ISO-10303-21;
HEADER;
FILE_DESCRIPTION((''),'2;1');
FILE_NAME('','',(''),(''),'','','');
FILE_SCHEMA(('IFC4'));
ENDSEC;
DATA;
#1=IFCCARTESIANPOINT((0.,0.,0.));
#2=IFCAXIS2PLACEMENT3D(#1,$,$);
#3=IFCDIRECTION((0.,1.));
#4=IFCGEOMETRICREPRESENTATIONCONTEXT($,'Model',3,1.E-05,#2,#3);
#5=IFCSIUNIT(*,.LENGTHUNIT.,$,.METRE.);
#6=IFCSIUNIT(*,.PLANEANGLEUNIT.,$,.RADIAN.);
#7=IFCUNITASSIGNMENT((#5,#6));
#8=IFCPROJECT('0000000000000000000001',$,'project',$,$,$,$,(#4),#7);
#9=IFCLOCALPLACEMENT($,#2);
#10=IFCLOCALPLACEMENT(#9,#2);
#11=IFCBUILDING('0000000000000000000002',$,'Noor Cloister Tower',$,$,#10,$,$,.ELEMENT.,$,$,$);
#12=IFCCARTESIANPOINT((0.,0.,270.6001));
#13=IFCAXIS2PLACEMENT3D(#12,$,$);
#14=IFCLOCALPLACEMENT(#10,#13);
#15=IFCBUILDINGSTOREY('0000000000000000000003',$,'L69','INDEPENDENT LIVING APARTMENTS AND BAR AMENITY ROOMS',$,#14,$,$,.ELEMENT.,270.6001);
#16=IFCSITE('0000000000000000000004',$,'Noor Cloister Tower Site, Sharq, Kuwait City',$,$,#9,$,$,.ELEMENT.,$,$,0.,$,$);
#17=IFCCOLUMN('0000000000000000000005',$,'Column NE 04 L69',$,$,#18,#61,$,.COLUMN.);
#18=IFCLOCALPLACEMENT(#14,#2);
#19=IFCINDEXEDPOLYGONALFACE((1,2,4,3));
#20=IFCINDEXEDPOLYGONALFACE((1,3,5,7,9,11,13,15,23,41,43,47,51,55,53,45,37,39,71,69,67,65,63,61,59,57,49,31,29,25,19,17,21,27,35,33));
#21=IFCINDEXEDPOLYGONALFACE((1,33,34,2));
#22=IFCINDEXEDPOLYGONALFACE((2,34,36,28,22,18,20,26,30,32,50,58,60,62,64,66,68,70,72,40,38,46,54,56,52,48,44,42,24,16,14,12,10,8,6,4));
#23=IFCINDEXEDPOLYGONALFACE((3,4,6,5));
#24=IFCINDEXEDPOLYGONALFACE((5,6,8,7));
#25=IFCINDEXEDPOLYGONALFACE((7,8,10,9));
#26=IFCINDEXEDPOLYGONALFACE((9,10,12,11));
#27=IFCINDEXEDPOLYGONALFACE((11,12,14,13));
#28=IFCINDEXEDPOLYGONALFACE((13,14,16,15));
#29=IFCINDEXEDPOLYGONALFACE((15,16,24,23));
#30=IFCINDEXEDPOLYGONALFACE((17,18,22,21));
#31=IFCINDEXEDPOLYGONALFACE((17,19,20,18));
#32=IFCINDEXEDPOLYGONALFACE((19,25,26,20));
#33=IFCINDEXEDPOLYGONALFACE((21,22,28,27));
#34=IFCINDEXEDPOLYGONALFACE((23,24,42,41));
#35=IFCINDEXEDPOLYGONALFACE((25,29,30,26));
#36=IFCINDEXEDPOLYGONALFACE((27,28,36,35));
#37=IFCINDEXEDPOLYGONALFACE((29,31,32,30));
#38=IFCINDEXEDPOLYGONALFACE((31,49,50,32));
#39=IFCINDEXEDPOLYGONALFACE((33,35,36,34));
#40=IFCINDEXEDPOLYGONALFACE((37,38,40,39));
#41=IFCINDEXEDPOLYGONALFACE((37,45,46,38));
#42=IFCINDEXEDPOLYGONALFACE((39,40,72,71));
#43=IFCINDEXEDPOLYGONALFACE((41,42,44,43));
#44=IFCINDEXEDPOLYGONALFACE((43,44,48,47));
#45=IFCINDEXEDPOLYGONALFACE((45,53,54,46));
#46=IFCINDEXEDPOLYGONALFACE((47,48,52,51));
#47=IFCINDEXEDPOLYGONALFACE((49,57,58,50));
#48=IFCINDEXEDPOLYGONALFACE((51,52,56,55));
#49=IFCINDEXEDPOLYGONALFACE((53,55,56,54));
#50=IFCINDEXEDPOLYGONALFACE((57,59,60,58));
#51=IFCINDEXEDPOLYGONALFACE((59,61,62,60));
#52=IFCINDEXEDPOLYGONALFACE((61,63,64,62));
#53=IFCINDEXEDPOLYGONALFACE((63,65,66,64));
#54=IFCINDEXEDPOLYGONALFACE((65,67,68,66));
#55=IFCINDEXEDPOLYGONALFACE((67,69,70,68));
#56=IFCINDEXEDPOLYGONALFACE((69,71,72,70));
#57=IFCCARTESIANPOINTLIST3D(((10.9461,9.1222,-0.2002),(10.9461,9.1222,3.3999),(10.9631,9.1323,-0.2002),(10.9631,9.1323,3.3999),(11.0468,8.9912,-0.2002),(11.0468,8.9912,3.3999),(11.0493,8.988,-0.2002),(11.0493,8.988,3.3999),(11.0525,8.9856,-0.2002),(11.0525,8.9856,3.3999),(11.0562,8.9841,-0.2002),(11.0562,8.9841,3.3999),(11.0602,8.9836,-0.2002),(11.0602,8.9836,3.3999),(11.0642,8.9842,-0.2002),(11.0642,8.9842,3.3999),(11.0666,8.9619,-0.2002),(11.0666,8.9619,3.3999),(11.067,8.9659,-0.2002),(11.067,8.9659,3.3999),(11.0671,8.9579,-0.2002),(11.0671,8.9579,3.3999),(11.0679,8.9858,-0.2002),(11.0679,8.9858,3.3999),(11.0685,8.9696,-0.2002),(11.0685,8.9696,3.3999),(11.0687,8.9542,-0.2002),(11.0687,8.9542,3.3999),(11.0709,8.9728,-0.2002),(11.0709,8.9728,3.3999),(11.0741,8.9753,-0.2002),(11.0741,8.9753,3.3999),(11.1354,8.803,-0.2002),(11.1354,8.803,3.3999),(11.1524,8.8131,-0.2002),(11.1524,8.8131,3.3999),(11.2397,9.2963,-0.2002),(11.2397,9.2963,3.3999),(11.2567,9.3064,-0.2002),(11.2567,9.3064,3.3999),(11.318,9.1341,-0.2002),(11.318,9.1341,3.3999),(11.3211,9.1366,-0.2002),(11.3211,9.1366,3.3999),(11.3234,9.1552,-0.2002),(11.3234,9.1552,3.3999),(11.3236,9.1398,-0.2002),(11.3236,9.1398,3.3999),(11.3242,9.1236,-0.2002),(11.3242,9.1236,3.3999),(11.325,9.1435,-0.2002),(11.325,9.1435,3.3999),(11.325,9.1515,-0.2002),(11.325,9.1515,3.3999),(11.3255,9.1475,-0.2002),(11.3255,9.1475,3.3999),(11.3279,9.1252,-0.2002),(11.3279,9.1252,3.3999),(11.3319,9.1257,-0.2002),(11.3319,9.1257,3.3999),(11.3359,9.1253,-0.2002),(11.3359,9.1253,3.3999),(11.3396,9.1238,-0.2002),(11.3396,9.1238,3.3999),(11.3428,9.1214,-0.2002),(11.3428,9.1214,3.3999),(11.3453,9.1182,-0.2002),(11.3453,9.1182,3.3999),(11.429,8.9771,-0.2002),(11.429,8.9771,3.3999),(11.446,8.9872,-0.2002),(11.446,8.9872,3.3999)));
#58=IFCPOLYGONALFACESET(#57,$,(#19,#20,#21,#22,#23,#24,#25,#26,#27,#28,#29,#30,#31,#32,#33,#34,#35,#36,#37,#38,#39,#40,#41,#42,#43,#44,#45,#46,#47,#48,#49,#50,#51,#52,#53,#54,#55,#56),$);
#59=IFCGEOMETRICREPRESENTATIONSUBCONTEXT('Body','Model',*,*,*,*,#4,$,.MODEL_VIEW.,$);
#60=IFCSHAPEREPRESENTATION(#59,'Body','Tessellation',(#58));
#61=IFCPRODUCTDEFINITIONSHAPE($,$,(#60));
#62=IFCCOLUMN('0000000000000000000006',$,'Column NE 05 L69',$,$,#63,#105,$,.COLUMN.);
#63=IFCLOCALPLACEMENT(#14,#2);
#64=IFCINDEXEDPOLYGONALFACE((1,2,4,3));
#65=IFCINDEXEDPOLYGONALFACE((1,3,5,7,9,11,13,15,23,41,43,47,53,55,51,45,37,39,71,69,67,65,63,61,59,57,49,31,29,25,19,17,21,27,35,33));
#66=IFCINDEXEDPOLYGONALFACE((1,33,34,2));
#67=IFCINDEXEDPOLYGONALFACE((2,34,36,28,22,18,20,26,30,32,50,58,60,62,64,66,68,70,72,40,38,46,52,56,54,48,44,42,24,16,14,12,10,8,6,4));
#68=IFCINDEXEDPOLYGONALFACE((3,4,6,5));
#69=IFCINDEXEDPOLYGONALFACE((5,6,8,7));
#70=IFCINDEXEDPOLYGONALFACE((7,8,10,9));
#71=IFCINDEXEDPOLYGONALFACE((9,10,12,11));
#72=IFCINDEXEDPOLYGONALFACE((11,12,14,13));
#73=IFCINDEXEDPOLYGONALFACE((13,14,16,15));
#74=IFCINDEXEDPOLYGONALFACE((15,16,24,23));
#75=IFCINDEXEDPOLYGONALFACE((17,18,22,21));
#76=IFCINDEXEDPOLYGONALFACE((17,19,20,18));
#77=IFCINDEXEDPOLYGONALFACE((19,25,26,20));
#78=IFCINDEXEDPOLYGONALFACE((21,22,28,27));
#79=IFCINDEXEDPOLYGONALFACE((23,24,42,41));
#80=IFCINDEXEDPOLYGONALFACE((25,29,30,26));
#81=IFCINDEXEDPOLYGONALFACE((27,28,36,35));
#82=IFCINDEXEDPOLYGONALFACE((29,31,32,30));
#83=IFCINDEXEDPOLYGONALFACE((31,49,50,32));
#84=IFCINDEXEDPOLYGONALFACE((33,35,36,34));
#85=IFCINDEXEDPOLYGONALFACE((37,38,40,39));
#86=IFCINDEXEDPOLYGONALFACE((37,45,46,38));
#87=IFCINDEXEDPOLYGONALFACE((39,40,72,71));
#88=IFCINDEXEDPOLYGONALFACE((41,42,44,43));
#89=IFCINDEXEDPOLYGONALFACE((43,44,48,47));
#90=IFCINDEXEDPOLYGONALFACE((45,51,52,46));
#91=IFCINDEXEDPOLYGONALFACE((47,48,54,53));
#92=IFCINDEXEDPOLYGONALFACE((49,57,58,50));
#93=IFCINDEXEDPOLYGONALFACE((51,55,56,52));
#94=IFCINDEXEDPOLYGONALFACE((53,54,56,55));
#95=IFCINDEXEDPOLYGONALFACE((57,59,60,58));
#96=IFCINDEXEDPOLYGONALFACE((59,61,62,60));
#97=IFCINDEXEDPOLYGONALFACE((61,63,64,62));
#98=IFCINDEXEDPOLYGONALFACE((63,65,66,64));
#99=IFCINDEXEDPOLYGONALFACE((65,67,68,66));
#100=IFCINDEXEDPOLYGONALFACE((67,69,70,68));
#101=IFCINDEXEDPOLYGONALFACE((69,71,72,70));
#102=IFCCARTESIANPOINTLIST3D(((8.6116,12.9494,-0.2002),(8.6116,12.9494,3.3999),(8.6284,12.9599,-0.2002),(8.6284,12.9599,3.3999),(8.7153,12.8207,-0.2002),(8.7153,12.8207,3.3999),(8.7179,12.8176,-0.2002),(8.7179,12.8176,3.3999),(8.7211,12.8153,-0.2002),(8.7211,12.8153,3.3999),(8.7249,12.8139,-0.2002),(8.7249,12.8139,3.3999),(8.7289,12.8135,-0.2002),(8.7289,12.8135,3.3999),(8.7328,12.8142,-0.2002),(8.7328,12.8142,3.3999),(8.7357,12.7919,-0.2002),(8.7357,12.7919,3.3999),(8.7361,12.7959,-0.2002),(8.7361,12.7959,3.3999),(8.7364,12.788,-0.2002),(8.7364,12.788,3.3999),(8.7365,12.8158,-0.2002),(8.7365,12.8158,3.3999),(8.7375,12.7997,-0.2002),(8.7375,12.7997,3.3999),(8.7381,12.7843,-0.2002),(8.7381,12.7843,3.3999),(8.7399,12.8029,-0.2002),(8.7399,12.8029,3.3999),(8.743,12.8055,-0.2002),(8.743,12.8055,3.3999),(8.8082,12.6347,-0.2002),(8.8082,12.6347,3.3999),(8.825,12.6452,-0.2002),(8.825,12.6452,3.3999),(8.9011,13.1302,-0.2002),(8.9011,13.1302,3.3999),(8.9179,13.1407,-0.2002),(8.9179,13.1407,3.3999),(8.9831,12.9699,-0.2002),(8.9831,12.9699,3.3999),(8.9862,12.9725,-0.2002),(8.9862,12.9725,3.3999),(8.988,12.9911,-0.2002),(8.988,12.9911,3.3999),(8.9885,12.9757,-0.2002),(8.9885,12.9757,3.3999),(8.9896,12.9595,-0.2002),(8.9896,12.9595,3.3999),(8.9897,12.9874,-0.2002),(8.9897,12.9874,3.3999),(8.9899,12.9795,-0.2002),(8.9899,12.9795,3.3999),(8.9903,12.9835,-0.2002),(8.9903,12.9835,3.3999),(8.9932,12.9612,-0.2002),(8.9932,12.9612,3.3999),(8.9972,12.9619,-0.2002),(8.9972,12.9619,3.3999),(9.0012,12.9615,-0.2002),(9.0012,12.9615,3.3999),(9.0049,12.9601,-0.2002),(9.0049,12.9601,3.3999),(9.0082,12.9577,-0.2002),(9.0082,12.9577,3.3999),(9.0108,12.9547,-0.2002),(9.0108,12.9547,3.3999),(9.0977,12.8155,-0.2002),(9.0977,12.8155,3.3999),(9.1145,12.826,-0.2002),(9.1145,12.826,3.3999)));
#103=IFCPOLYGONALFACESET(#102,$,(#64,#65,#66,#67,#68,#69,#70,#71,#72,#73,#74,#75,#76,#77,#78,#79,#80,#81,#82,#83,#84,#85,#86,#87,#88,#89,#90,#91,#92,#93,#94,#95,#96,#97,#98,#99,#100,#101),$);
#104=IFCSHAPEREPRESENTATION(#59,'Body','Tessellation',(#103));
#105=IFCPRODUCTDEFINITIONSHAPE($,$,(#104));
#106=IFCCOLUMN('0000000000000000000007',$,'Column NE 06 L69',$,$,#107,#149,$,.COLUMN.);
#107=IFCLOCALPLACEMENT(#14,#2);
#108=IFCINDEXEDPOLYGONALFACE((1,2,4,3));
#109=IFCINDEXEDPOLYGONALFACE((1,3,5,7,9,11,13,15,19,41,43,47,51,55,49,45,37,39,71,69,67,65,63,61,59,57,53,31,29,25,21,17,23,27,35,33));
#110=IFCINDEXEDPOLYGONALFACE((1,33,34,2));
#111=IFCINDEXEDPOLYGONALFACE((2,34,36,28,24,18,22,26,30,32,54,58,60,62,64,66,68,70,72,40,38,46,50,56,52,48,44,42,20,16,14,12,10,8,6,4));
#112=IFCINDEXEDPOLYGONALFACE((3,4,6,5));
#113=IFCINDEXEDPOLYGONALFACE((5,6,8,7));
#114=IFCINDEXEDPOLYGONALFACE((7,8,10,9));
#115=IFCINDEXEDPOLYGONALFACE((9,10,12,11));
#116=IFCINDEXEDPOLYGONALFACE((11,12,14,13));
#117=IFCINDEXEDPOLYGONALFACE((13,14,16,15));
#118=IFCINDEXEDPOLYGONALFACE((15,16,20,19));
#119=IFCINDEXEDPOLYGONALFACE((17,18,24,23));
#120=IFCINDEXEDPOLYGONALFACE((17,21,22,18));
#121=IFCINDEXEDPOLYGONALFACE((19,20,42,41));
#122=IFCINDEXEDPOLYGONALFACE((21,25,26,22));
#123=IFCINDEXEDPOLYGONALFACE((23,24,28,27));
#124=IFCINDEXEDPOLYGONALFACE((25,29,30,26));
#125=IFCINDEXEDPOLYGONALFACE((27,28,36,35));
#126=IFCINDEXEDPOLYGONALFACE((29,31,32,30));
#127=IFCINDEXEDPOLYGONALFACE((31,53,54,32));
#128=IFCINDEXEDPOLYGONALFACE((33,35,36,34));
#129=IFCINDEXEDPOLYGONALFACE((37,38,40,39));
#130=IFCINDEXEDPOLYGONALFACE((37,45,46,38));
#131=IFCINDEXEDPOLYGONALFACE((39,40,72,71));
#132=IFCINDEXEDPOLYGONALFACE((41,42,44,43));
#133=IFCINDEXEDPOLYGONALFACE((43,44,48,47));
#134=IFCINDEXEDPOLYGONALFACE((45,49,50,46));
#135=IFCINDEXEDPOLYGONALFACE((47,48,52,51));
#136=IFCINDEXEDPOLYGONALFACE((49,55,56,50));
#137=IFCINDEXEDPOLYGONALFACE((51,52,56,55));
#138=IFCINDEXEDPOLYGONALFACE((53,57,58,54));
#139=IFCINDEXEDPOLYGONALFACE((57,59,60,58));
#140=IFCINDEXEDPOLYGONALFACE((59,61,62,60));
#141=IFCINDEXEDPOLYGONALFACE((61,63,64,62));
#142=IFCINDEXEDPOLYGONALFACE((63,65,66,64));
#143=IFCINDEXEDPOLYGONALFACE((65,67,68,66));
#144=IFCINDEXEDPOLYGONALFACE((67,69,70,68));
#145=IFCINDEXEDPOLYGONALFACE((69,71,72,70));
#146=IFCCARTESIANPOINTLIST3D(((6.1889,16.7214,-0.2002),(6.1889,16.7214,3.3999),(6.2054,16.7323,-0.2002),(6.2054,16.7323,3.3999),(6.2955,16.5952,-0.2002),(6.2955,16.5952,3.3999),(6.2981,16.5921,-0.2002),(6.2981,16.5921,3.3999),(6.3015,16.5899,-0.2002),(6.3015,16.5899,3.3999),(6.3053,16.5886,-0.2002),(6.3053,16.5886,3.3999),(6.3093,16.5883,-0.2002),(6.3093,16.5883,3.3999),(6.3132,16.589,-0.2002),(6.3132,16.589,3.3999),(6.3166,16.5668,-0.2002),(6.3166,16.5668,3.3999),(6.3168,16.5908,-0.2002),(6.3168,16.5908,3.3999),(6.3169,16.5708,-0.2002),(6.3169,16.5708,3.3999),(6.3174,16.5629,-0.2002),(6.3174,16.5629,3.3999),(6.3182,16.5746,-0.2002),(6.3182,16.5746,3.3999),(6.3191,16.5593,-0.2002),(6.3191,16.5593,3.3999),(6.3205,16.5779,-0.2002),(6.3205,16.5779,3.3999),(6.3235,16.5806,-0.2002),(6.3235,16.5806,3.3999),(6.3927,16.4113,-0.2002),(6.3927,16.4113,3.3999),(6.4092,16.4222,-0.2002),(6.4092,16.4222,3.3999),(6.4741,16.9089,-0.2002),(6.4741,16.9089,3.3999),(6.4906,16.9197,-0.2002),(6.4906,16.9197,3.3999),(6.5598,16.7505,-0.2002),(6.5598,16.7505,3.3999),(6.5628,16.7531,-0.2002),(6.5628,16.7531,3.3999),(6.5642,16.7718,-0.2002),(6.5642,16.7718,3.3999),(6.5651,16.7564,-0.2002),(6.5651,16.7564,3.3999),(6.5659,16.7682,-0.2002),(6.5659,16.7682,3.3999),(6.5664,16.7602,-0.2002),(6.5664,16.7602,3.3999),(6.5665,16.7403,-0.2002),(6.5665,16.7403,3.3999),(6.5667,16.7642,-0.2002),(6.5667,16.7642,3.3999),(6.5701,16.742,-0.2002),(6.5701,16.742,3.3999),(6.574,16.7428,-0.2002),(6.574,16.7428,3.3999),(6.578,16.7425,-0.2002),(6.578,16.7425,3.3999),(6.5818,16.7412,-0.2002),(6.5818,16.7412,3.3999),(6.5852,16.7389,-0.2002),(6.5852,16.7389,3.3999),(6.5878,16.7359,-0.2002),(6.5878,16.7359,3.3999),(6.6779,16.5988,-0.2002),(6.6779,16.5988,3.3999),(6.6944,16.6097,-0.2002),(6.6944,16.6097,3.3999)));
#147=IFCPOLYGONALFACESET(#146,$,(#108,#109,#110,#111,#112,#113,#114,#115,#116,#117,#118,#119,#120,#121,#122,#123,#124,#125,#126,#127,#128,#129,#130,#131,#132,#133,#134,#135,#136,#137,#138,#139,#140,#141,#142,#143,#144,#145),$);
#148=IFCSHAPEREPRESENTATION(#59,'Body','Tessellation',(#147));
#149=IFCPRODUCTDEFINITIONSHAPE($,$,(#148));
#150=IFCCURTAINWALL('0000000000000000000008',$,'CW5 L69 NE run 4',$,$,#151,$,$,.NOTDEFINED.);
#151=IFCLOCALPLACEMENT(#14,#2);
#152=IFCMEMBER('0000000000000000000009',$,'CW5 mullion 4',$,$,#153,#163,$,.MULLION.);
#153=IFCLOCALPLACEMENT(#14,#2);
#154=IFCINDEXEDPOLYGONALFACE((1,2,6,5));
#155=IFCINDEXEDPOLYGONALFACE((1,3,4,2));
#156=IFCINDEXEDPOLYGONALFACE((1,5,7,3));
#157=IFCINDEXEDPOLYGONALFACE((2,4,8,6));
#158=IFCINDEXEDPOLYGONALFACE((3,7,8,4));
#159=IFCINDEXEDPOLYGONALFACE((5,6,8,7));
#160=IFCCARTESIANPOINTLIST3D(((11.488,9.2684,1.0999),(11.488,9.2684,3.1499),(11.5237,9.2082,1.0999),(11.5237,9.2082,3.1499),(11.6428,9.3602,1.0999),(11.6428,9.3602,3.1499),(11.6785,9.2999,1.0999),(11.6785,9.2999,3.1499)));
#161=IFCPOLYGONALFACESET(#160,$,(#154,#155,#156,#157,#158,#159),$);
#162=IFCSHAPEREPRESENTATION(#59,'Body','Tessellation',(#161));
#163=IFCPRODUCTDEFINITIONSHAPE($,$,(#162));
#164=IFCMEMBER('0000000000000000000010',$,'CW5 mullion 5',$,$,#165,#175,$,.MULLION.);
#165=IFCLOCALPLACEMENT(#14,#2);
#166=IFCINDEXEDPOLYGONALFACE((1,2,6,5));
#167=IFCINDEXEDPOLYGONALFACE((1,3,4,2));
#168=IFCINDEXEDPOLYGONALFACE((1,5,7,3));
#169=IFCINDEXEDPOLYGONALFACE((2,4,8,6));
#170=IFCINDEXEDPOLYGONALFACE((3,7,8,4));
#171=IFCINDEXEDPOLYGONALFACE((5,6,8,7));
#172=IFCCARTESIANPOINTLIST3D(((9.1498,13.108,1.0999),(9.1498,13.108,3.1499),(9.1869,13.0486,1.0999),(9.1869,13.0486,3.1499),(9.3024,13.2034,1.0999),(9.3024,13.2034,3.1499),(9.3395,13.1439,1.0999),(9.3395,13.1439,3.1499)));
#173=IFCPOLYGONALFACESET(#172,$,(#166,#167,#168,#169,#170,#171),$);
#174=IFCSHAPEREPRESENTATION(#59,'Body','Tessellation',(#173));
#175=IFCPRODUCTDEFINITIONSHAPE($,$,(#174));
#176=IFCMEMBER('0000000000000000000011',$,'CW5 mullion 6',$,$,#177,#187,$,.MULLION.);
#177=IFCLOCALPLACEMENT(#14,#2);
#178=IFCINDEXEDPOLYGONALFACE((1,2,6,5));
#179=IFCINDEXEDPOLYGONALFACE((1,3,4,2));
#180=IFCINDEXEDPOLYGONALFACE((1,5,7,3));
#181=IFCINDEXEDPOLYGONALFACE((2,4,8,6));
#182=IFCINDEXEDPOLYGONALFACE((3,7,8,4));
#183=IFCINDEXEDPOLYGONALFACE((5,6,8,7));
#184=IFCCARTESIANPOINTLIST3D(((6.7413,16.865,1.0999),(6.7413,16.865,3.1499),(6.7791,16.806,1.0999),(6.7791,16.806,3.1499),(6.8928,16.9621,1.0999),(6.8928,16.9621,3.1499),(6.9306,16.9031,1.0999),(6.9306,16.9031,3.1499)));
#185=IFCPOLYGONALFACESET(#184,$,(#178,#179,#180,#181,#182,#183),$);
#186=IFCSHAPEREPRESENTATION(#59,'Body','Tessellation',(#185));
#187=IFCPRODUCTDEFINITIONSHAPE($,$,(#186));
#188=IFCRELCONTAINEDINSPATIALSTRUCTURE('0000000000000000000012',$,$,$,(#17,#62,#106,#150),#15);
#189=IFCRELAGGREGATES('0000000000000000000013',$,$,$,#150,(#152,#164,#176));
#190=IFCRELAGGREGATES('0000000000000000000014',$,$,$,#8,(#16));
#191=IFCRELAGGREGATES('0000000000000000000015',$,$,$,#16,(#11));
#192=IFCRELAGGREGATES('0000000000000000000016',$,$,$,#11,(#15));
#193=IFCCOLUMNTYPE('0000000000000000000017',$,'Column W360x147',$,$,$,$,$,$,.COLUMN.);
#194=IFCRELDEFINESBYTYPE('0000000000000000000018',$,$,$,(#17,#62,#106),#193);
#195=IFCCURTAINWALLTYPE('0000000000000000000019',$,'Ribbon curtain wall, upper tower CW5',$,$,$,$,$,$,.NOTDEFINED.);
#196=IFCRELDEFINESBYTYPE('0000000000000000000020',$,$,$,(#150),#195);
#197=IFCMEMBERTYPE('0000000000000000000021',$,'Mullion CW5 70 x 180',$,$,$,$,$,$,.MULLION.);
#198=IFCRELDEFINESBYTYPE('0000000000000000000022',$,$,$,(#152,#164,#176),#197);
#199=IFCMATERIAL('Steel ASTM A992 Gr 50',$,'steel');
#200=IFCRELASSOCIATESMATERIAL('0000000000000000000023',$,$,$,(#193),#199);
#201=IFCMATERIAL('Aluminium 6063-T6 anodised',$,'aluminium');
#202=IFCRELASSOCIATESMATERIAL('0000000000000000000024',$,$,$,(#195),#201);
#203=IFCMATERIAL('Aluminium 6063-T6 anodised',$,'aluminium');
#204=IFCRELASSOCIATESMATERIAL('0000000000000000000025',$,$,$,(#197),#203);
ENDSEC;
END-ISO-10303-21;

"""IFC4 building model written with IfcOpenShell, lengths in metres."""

from ifc_helpers import new_model, si_unit, direction, frame, origin, origin_2d, place, context, subcontext, project, spatial, rectangle, i_section, extrude, material, material_profile, profile_set, type_object, element, aggregate, save


model = new_model("IFC4")

# Units and contexts
model_context = context("Model", 3, precision=1e-05, world=origin(), true_north=direction((0.0, 1.0)))
body_context = subcontext(model_context, "Body", "Model", "MODEL_VIEW")
ifc_project = project(units=[si_unit("LENGTHUNIT", "METRE"), si_unit("PLANEANGLEUNIT", "RADIAN")], contexts=[model_context])

# Site, building, storey
site_placement = place(None, origin())
site = spatial("IfcSite", under=ifc_project, at=site_placement, Name="Noor Cloister Tower Site, Sharq, Kuwait City", CompositionType="ELEMENT", RefElevation=0.0)
building_placement = place(site_placement, origin())
building = spatial("IfcBuilding", under=site, at=building_placement, Name="Noor Cloister Tower", CompositionType="ELEMENT")
storey_placement = place(building_placement, frame((0.0, 0.0, 270.6001)))
storey = spatial("IfcBuildingStorey", under=building, at=storey_placement, Name="L69", Description="INDEPENDENT LIVING APARTMENTS AND BAR AMENITY ROOMS", CompositionType="ELEMENT", Elevation=270.6001)

# Columns
ifc_material_1 = material(Name="Steel ASTM A992 Gr 50", Category="steel")
ifc_material_profile_1 = material_profile(ifc_material_1, i_section(OverallWidth=0.3711, OverallDepth=0.3611, WebThickness=0.0122, FlangeThickness=0.0198, FilletRadius=0.0154, at=origin_2d()), Name="W360x147")
ifc_profile_set_1 = profile_set([ifc_material_profile_1], Name="Steel ASTM A992 Gr 50")
column_type = type_object("IfcColumnType", Name="Column W360x147", PredefinedType="COLUMN", material=ifc_profile_set_1)
for number, where, z_axis, x_axis, name in (
    (1, (11.196, 9.0547, -0.2002), (0.0, 0.0, 1.0), (-0.510009, 0.860169, 0.0), "Column NE 04 L69"),
    (2, (8.863, 12.8877, -0.2002), (0.0, 0.0, 1.0), (-0.529819, 0.848111, 0.0), "Column NE 05 L69"),
    (3, (6.4417, 16.6655, -0.2002), (0.0, 0.0, 1.0), (-0.549345, 0.835596, 0.0), "Column NE 06 L69"),
):
    element("IfcColumn", number, at=place(storey_placement, frame(where, z_axis=z_axis, x_axis=x_axis)), inside=storey, type_object=column_type, Name=name, PredefinedType="COLUMN", context=body_context, shape_type="SweptSolid", body=[
        extrude(i_section(OverallWidth=0.3711, OverallDepth=0.3611, WebThickness=0.0122, FlangeThickness=0.0198, FilletRadius=0.0154, at=origin_2d()), origin(), (0.0, 0.0, 1.0), 3.6001),
    ])

# Curtain wall, members
ifc_material_2 = material(Name="Aluminium 6063-T6 anodised", Category="aluminium")
curtain_wall_type = type_object("IfcCurtainWallType", Name="Ribbon curtain wall, upper tower CW5", PredefinedType="NOTDEFINED", material=ifc_material_2)
curtain_wall_placement = place(storey_placement, origin())
curtain_wall = element("IfcCurtainWall", 4, at=curtain_wall_placement, inside=storey, type_object=curtain_wall_type, Name="CW5 L69 NE run 4", PredefinedType="NOTDEFINED")
ifc_material_3 = material(Name="Aluminium 6063-T6 anodised", Category="aluminium")
ifc_material_profile_2 = material_profile(ifc_material_3, rectangle(XDim=0.1799, YDim=0.0701, at=origin_2d()), Name="180 x 70 mullion")
ifc_profile_set_2 = profile_set([ifc_material_profile_2], Name="Aluminium 6063-T6 anodised")
member_type = type_object("IfcMemberType", Name="Mullion CW5 70 x 180", PredefinedType="MULLION", material=ifc_profile_set_2)
member_1_placement = place(storey_placement, frame((11.5833, 9.2842, 1.0999), z_axis=(0.0, 0.0, 1.0), x_axis=(-0.860169, -0.510009, 0.0)))
member_1 = element("IfcMember", 5, at=member_1_placement, type_object=member_type, Name="CW5 mullion 4", PredefinedType="MULLION", context=body_context, shape_type="SweptSolid", body=[
    extrude(rectangle(XDim=0.1799, YDim=0.0701, at=origin_2d()), origin(), (0.0, 0.0, 1.0), 2.05),
])
member_2_placement = place(storey_placement, frame((9.2446, 13.126, 1.0999), z_axis=(0.0, 0.0, 1.0), x_axis=(-0.848111, -0.529819, 0.0)))
member_2 = element("IfcMember", 6, at=member_2_placement, type_object=member_type, Name="CW5 mullion 5", PredefinedType="MULLION", context=body_context, shape_type="SweptSolid", body=[
    extrude(rectangle(XDim=0.1799, YDim=0.0701, at=origin_2d()), origin(), (0.0, 0.0, 1.0), 2.05),
])
member_3_placement = place(storey_placement, frame((6.8359, 16.884, 1.0999), z_axis=(0.0, 0.0, 1.0), x_axis=(-0.84191, -0.539618, 0.0)))
member_3 = element("IfcMember", 7, at=member_3_placement, type_object=member_type, Name="CW5 mullion 6", PredefinedType="MULLION", context=body_context, shape_type="SweptSolid", body=[
    extrude(rectangle(XDim=0.1799, YDim=0.0701, at=origin_2d()), origin(), (0.0, 0.0, 1.0), 2.05),
])

aggregate(curtain_wall, [member_1, member_2, member_3])

save(model, "model.ifc")
